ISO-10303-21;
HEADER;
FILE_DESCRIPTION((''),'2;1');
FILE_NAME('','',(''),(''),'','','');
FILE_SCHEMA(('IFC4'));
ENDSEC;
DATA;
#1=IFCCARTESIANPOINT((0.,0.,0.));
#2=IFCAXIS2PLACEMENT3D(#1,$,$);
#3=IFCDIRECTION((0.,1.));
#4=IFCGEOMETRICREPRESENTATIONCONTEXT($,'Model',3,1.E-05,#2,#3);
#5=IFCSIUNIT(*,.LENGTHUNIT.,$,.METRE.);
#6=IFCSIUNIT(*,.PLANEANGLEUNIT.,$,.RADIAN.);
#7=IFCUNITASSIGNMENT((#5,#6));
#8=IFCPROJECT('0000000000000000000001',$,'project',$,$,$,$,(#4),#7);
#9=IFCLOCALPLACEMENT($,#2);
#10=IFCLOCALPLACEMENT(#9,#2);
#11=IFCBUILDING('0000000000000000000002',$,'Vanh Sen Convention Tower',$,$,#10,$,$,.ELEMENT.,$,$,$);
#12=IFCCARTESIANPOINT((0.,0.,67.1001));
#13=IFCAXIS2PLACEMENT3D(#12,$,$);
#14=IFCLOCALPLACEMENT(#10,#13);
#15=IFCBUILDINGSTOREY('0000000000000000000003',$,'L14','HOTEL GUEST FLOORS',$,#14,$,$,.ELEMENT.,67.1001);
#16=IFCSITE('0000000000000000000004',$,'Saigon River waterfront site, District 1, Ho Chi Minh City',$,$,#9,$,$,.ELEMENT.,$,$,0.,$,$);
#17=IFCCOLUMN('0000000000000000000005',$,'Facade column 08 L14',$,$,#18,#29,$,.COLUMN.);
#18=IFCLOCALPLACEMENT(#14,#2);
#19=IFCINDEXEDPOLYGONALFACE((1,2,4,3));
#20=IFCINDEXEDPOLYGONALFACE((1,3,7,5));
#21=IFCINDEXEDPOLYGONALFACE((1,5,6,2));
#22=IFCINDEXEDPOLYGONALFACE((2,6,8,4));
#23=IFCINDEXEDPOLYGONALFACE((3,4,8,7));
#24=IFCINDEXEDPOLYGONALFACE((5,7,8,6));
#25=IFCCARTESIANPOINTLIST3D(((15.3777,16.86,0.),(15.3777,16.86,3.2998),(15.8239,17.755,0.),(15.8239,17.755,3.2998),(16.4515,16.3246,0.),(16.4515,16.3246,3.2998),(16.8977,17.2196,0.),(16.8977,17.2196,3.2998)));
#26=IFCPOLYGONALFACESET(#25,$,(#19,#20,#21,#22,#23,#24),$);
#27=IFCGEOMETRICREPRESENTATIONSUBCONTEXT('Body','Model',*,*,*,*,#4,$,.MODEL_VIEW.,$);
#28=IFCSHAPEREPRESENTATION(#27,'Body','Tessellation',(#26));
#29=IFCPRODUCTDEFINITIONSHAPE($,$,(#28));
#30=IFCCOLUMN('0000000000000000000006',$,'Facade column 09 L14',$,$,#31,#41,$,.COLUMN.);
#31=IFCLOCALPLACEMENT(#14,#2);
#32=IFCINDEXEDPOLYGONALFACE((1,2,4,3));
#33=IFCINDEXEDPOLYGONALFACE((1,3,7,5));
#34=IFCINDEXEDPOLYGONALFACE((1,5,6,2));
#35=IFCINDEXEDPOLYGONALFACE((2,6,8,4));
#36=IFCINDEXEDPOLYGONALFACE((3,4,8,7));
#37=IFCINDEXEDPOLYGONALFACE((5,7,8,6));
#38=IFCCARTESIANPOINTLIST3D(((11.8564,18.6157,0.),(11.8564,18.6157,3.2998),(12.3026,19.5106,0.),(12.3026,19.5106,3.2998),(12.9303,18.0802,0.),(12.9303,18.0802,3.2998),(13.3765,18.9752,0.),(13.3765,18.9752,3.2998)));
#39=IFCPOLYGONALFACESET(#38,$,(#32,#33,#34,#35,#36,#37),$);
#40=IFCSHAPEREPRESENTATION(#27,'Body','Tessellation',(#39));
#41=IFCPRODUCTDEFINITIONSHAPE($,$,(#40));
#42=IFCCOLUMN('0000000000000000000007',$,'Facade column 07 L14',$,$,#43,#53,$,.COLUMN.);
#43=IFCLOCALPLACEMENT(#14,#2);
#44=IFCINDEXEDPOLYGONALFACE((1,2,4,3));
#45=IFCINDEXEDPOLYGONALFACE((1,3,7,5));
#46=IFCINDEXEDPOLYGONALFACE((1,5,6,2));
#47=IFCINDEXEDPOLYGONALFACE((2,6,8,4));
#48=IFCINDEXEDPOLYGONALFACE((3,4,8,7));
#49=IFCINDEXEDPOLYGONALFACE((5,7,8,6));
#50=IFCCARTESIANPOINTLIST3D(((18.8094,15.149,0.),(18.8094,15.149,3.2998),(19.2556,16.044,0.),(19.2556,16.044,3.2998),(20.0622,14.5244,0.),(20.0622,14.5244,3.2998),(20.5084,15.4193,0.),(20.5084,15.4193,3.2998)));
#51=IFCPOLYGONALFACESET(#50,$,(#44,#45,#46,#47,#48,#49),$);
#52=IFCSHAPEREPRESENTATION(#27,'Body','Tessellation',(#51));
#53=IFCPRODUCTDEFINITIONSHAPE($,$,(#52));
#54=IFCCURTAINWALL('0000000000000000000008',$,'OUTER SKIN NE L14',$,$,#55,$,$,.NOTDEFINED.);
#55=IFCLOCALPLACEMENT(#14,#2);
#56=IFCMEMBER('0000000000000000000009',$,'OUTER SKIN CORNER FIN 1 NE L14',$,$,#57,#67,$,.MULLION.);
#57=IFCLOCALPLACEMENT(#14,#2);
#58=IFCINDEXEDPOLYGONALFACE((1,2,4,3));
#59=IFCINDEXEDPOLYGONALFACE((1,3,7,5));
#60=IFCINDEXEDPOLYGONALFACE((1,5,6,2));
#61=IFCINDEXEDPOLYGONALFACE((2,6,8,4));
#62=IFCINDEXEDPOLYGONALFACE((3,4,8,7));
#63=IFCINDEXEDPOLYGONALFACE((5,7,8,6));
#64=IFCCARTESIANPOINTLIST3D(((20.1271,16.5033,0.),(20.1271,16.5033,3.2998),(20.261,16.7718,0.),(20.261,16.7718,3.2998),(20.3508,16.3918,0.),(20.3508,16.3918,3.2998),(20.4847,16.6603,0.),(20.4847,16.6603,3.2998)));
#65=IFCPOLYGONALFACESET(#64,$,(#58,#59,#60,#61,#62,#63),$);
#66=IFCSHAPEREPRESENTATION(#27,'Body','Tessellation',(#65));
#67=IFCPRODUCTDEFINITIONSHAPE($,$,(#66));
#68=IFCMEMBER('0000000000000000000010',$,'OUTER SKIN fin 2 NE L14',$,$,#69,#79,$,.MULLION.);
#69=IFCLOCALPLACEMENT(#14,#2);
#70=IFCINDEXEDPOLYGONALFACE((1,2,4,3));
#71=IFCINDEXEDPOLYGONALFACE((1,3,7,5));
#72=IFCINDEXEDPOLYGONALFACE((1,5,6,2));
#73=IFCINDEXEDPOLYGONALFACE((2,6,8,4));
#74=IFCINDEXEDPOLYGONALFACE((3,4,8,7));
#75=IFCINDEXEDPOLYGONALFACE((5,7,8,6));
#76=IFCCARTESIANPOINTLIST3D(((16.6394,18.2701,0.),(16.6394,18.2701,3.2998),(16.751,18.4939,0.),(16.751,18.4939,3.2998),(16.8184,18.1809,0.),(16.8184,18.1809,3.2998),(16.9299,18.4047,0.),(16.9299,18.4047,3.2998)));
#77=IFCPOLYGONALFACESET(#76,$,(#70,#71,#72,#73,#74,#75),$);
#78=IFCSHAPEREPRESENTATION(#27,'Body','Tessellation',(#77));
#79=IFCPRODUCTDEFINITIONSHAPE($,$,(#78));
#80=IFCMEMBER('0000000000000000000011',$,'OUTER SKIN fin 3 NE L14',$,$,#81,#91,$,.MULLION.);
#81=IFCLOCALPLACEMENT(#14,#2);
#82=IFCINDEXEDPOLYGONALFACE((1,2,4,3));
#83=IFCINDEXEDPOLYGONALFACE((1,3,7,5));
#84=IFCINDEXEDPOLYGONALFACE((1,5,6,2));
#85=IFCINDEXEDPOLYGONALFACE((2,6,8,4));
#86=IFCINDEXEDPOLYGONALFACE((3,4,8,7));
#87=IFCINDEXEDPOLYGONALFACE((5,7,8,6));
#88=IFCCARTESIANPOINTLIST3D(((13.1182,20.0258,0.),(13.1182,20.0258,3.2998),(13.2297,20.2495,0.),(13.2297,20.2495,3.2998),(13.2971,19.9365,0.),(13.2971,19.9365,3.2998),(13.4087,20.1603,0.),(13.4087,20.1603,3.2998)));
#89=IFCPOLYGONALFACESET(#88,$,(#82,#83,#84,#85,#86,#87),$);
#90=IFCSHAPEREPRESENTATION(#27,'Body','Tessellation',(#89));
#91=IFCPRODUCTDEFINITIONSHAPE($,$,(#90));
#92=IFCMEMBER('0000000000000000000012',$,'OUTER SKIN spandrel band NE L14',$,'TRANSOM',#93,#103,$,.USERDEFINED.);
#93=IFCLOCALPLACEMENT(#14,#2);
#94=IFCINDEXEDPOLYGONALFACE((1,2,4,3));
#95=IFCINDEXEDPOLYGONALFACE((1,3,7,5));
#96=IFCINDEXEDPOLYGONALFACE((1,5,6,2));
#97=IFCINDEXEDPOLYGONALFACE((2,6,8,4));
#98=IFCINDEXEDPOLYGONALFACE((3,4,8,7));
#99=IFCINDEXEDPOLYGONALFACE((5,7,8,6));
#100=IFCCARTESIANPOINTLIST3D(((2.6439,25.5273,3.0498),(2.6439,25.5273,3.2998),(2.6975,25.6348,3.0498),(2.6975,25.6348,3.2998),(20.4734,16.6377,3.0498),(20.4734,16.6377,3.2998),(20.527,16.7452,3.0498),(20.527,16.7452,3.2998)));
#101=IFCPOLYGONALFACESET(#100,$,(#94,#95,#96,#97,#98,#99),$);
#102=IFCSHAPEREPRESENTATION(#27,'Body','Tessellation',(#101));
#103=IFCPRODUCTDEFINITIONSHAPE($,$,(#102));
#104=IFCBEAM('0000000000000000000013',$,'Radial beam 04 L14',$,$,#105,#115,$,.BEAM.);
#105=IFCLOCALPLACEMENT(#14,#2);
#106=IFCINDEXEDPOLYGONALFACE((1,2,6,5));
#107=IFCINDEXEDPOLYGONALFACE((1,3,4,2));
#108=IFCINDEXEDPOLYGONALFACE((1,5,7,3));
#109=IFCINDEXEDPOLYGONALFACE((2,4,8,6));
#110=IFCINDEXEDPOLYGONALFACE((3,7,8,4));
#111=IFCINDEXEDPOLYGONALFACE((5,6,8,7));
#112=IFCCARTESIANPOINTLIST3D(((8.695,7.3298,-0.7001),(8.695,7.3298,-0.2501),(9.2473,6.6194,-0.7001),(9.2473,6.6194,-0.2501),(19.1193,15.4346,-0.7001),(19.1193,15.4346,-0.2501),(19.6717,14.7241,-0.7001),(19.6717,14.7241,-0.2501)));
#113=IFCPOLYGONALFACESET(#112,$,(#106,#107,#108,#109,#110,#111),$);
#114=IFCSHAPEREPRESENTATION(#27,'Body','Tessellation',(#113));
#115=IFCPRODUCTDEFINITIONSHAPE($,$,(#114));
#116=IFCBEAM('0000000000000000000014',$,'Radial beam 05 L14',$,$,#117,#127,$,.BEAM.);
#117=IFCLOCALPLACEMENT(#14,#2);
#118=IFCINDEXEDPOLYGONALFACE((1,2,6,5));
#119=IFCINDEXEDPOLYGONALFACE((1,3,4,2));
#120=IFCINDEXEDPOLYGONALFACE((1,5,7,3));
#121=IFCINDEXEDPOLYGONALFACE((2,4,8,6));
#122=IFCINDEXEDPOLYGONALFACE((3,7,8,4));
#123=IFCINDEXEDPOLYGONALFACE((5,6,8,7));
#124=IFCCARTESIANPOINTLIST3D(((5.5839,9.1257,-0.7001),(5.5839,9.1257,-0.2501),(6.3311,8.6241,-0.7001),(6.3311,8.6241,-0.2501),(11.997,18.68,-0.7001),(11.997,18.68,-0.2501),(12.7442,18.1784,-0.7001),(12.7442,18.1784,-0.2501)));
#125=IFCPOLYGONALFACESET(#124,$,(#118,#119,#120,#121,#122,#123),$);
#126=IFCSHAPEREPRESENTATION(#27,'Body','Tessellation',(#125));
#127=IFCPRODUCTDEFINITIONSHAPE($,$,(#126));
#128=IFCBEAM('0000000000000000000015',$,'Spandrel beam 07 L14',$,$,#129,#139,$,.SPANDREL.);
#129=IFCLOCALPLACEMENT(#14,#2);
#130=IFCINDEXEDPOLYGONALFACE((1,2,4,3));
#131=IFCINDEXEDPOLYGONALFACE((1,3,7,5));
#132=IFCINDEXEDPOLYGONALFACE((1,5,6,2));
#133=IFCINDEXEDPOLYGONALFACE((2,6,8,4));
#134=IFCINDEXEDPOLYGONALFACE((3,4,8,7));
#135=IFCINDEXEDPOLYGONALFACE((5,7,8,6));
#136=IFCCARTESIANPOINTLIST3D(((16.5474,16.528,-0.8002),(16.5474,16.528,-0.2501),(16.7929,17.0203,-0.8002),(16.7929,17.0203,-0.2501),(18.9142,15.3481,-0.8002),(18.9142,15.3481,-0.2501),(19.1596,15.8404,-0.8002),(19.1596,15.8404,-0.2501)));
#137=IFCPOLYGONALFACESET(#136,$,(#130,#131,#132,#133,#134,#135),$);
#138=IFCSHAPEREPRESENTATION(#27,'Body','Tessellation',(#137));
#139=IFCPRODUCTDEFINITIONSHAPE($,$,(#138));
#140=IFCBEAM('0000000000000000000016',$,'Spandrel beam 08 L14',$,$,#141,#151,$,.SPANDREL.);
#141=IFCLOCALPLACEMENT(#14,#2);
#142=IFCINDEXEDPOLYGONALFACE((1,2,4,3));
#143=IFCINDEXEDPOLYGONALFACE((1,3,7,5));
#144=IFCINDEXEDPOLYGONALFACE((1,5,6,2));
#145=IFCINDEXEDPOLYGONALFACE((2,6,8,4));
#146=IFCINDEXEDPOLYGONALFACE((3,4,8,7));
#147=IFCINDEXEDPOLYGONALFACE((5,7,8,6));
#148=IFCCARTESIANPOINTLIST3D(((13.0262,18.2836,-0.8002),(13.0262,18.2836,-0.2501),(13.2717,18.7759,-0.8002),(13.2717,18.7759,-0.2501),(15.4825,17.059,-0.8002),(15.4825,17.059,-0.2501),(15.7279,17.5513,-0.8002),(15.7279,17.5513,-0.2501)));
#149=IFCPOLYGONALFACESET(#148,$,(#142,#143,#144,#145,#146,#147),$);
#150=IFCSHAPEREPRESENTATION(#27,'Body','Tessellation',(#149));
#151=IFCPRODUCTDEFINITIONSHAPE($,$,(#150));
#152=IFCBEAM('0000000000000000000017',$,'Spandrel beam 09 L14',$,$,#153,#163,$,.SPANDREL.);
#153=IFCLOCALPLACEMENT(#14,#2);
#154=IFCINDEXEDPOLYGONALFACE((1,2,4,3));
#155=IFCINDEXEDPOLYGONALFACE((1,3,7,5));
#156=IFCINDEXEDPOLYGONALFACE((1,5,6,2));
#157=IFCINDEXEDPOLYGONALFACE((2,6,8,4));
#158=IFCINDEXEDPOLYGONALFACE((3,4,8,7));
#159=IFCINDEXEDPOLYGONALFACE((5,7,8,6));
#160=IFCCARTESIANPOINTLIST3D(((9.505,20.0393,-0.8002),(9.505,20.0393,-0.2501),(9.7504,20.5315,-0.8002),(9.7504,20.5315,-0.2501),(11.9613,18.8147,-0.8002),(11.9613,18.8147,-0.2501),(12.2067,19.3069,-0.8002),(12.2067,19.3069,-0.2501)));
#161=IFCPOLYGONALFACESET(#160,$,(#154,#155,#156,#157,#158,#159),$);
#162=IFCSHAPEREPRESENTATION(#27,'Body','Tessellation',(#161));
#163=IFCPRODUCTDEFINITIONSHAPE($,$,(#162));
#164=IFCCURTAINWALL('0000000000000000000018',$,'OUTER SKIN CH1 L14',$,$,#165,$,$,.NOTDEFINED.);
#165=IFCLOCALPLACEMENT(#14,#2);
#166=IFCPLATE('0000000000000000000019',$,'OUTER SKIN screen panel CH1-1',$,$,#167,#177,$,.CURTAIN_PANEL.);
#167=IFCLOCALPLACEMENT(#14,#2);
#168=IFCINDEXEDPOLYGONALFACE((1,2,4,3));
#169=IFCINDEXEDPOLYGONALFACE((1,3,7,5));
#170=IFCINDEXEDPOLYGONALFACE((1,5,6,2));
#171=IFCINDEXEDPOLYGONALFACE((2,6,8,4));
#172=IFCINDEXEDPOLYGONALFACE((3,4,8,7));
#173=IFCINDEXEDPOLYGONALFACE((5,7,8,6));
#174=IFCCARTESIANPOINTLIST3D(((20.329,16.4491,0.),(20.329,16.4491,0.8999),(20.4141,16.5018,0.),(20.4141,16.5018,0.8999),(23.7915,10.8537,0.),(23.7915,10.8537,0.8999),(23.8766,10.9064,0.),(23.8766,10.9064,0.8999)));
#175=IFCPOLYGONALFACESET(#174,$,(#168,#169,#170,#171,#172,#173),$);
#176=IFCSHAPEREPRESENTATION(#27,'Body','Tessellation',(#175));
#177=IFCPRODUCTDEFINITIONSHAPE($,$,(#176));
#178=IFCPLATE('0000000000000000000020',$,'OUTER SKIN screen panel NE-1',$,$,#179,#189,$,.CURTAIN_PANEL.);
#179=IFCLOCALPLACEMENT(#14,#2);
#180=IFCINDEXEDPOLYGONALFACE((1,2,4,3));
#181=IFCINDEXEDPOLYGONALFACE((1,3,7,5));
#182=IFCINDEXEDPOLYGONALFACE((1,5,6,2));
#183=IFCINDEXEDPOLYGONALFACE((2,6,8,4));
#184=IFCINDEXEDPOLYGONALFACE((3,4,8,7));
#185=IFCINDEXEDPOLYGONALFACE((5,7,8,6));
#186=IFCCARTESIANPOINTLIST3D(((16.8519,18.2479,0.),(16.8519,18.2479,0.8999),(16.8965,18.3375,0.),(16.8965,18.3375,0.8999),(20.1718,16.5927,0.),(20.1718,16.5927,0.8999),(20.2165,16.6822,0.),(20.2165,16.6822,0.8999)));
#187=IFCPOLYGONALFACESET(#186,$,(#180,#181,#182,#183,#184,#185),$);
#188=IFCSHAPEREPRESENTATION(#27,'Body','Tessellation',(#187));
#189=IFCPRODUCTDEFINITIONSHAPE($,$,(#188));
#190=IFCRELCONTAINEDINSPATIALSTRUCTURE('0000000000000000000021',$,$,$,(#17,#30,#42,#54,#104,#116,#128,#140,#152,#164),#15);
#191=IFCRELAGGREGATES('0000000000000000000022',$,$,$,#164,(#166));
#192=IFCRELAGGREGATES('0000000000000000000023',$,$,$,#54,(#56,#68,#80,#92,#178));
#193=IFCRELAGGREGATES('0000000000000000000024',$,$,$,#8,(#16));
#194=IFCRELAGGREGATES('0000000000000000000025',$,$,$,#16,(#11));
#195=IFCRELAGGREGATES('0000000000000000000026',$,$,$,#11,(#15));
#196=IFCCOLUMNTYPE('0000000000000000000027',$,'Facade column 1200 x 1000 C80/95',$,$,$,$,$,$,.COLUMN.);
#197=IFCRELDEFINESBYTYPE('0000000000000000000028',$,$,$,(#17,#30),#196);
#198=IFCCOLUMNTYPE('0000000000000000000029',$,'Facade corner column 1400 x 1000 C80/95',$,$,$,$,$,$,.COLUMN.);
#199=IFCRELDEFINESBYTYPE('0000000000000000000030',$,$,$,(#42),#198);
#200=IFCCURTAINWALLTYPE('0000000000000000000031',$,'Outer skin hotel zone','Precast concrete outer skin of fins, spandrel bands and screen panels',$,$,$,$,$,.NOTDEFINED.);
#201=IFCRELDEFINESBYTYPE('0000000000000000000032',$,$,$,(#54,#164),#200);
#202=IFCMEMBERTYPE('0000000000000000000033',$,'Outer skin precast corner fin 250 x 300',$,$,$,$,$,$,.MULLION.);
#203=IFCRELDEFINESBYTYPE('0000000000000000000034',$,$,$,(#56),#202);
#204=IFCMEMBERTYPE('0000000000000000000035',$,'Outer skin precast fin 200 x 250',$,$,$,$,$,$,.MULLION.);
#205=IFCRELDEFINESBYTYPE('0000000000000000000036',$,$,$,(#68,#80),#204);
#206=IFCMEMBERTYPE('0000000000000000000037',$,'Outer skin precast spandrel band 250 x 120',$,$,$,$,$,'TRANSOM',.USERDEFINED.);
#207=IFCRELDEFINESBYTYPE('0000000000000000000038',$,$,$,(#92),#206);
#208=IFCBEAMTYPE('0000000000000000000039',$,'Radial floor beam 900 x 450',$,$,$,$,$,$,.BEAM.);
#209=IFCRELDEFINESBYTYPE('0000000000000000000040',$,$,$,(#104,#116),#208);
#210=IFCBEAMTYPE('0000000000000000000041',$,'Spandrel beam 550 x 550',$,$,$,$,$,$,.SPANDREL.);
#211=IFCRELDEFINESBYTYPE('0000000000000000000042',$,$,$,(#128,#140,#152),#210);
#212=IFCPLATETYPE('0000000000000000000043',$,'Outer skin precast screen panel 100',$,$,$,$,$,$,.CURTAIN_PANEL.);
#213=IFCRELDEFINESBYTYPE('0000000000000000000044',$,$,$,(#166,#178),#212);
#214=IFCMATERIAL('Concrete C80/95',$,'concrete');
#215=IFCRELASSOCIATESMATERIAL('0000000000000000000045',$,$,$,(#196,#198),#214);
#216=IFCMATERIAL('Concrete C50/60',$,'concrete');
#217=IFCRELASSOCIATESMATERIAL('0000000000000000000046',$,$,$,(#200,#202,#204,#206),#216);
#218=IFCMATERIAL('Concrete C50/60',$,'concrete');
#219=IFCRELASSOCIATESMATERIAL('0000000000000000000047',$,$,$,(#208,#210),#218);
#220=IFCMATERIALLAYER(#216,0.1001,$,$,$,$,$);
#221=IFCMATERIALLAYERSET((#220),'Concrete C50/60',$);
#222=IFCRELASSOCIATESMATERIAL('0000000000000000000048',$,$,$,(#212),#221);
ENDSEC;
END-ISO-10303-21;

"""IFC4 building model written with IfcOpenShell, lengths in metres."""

from ifc_helpers import new_model, si_unit, direction, frame, origin, origin_2d, place, context, subcontext, project, spatial, rectangle, extrude, material, layer, layer_set, material_profile, profile_set, type_object, element, aggregate, save


model = new_model("IFC4")

# Units and contexts
model_context = context("Model", 3, precision=1e-05, world=origin(), true_north=direction((0.0, 1.0)))
body_context = subcontext(model_context, "Body", "Model", "MODEL_VIEW")
ifc_project = project(units=[si_unit("LENGTHUNIT", "METRE"), si_unit("PLANEANGLEUNIT", "RADIAN")], contexts=[model_context])

# Site, building, storey
site_placement = place(None, origin())
site = spatial("IfcSite", under=ifc_project, at=site_placement, Name="Saigon River waterfront site, District 1, Ho Chi Minh City", CompositionType="ELEMENT", RefElevation=0.0)
building_placement = place(site_placement, origin())
building = spatial("IfcBuilding", under=site, at=building_placement, Name="Vanh Sen Convention Tower", CompositionType="ELEMENT")
storey_placement = place(building_placement, frame((0.0, 0.0, 67.1001)))
storey = spatial("IfcBuildingStorey", under=building, at=storey_placement, Name="L14", Description="HOTEL GUEST FLOORS", CompositionType="ELEMENT", Elevation=67.1001)

# Columns
ifc_material_1 = material(Name="Concrete C80/95", Category="concrete")
ifc_material_profile_1 = material_profile(ifc_material_1, rectangle(XDim=1.2, YDim=1.0, at=origin_2d()), Name="RC 1200X1000")
ifc_profile_set_1 = profile_set([ifc_material_profile_1], Name="Concrete C80/95")
column_type_1 = type_object("IfcColumnType", Name="Facade column 1200 x 1000 C80/95", PredefinedType="COLUMN", material=ifc_profile_set_1)
for number, where, z_axis, x_axis, name in (
    (1, (16.1377, 17.0398, 0.0), (0.0, 0.0, 1.0), (-0.894934, 0.446198, 0.0), "Facade column 08 L14"),
    (2, (12.6165, 18.7954, 0.0), (0.0, 0.0, 1.0), (-0.894934, 0.446198, 0.0), "Facade column 09 L14"),
):
    element("IfcColumn", number, at=place(storey_placement, frame(where, z_axis=z_axis, x_axis=x_axis)), inside=storey, type_object=column_type_1, Name=name, PredefinedType="COLUMN", context=body_context, shape_type="SweptSolid", body=[
        extrude(rectangle(XDim=1.2, YDim=1.0, at=origin_2d()), origin(), (0.0, 0.0, 1.0), 3.2998),
    ])
ifc_material_profile_2 = material_profile(ifc_material_1, rectangle(XDim=1.3999, YDim=1.0, at=origin_2d()), Name="RC 1400X1000")
ifc_profile_set_2 = profile_set([ifc_material_profile_2], Name="Concrete C80/95")
column_type_2 = type_object("IfcColumnType", Name="Facade corner column 1400 x 1000 C80/95", PredefinedType="COLUMN", material=ifc_profile_set_2)
column_placement = place(storey_placement, frame((19.6589, 15.2842, 0.0), z_axis=(0.0, 0.0, 1.0), x_axis=(-0.894934, 0.446198, 0.0)))
element("IfcColumn", 3, at=column_placement, inside=storey, type_object=column_type_2, Name="Facade column 07 L14", PredefinedType="COLUMN", context=body_context, shape_type="SweptSolid", body=[
    extrude(rectangle(XDim=1.3999, YDim=1.0, at=origin_2d()), origin(), (0.0, 0.0, 1.0), 3.2998),
])

# Curtain wall, members
ifc_material_2 = material(Name="Concrete C50/60", Category="concrete")
curtain_wall_type = type_object("IfcCurtainWallType", Name="Outer skin hotel zone", Description="Precast concrete outer skin of fins, spandrel bands and screen panels", PredefinedType="NOTDEFINED", material=ifc_material_2)
curtain_wall_1_placement = place(storey_placement, origin())
curtain_wall_1 = element("IfcCurtainWall", 4, at=curtain_wall_1_placement, inside=storey, type_object=curtain_wall_type, Name="OUTER SKIN NE L14", PredefinedType="NOTDEFINED")
ifc_material_profile_3 = material_profile(ifc_material_2, rectangle(XDim=0.25, YDim=0.3, at=origin_2d()), Name="Outer skin precast corner fin 250 x 300")
ifc_profile_set_3 = profile_set([ifc_material_profile_3], Name="Concrete C50/60")
member_type_1 = type_object("IfcMemberType", Name="Outer skin precast corner fin 250 x 300", PredefinedType="MULLION", material=ifc_profile_set_3)
member_1_placement = place(storey_placement, frame((20.3059, 16.5818, 0.0), z_axis=(0.0, 0.0, 1.0), x_axis=(-0.894934, 0.446198, 0.0)))
member_1 = element("IfcMember", 5, at=member_1_placement, type_object=member_type_1, Name="OUTER SKIN CORNER FIN 1 NE L14", PredefinedType="MULLION", context=body_context, shape_type="SweptSolid", body=[
    extrude(rectangle(XDim=0.25, YDim=0.3, at=origin_2d()), origin(), (0.0, 0.0, 1.0), 3.2998),
])
ifc_material_profile_4 = material_profile(ifc_material_2, rectangle(XDim=0.2, YDim=0.25, at=origin_2d()), Name="Outer skin precast fin 200 x 250")
ifc_profile_set_4 = profile_set([ifc_material_profile_4], Name="Concrete C50/60")
member_type_2 = type_object("IfcMemberType", Name="Outer skin precast fin 200 x 250", PredefinedType="MULLION", material=ifc_profile_set_4)
member_2_placement = place(storey_placement, frame((16.7847, 18.3374, 0.0), z_axis=(0.0, 0.0, 1.0), x_axis=(-0.894934, 0.446198, 0.0)))
member_2 = element("IfcMember", 6, at=member_2_placement, type_object=member_type_2, Name="OUTER SKIN fin 2 NE L14", PredefinedType="MULLION", context=body_context, shape_type="SweptSolid", body=[
    extrude(rectangle(XDim=0.2, YDim=0.25, at=origin_2d()), origin(), (0.0, 0.0, 1.0), 3.2998),
])
member_3_placement = place(storey_placement, frame((13.2634, 20.093, 0.0), z_axis=(0.0, 0.0, 1.0), x_axis=(-0.894934, 0.446198, 0.0)))
member_3 = element("IfcMember", 7, at=member_3_placement, type_object=member_type_2, Name="OUTER SKIN fin 3 NE L14", PredefinedType="MULLION", context=body_context, shape_type="SweptSolid", body=[
    extrude(rectangle(XDim=0.2, YDim=0.25, at=origin_2d()), origin(), (0.0, 0.0, 1.0), 3.2998),
])
ifc_material_profile_5 = material_profile(ifc_material_2, rectangle(XDim=0.1201, YDim=0.25, at=origin_2d()), Name="Outer skin precast spandrel band 250 x 120")
ifc_profile_set_5 = profile_set([ifc_material_profile_5], Name="Concrete C50/60")
member_type_3 = type_object("IfcMemberType", Name="Outer skin precast spandrel band 250 x 120", ElementType="TRANSOM", PredefinedType="USERDEFINED", material=ifc_profile_set_5)
member_4_placement = place(storey_placement, frame((20.5002, 16.6914, 3.1748), z_axis=(-0.894931, 0.446204, 0.0), x_axis=(-0.446204, -0.894931, 0.0)))
member_4 = element("IfcMember", 8, at=member_4_placement, type_object=member_type_3, Name="OUTER SKIN spandrel band NE L14", ObjectType="TRANSOM", PredefinedType="USERDEFINED", context=body_context, shape_type="SweptSolid", body=[
    extrude(rectangle(XDim=0.1201, YDim=0.25, at=origin_2d()), origin(), (0.0, 0.0, 1.0), 19.9229),
])

# Beams
ifc_material_3 = material(Name="Concrete C50/60", Category="concrete")
ifc_material_profile_6 = material_profile(ifc_material_3, rectangle(XDim=0.8999, YDim=0.45, at=origin_2d()), Name="RC 900X450")
ifc_profile_set_6 = profile_set([ifc_material_profile_6], Name="Concrete C50/60")
beam_type_1 = type_object("IfcBeamType", Name="Radial floor beam 900 x 450", PredefinedType="BEAM", material=ifc_profile_set_6)
beam_1_placement = place(storey_placement, frame((19.3955, 15.0793, -0.4751), z_axis=(-0.789465, -0.613796, 0.0), x_axis=(0.613796, -0.789465, 0.0)))
element("IfcBeam", 9, at=beam_1_placement, inside=storey, type_object=beam_type_1, Name="Radial beam 04 L14", PredefinedType="BEAM", context=body_context, shape_type="SweptSolid", body=[
    extrude(rectangle(XDim=0.8999, YDim=0.45, at=origin_2d()), origin(), (0.0, 0.0, 1.0), 13.2043),
])
beam_2_placement = place(storey_placement, frame((12.3706, 18.4292, -0.4751), z_axis=(-0.557322, -0.830297, 0.0), x_axis=(0.830297, -0.557322, 0.0)))
element("IfcBeam", 10, at=beam_2_placement, inside=storey, type_object=beam_type_1, Name="Radial beam 05 L14", PredefinedType="BEAM", context=body_context, shape_type="SweptSolid", body=[
    extrude(rectangle(XDim=0.8999, YDim=0.45, at=origin_2d()), origin(), (0.0, 0.0, 1.0), 11.5071),
])
ifc_material_profile_7 = material_profile(ifc_material_3, rectangle(XDim=0.55, YDim=0.55, at=origin_2d()), Name="RC 550X550")
ifc_profile_set_7 = profile_set([ifc_material_profile_7], Name="Concrete C50/60")
beam_type_2 = type_object("IfcBeamType", Name="Spandrel beam 550 x 550", PredefinedType="SPANDREL", material=ifc_profile_set_7)
beam_3_placement = place(storey_placement, frame((19.0369, 15.5942, -0.5251), z_axis=(-0.894944, 0.446179, 0.0), x_axis=(-0.446179, -0.894944, 0.0)))
element("IfcBeam", 11, at=beam_3_placement, inside=storey, type_object=beam_type_2, Name="Spandrel beam 07 L14", PredefinedType="SPANDREL", context=body_context, shape_type="SweptSolid", body=[
    extrude(rectangle(XDim=0.55, YDim=0.55, at=origin_2d()), origin(), (0.0, 0.0, 1.0), 2.6445),
])
for number, where, z_axis, x_axis, name in (
    (12, (15.6052, 17.3052, -0.5251), (-0.894943, 0.446181, 0.0), (-0.446181, -0.894943, 0.0), "Spandrel beam 08 L14"),
    (13, (12.084, 19.0608, -0.5251), (-0.894943, 0.446181, 0.0), (-0.446181, -0.894943, 0.0), "Spandrel beam 09 L14"),
):
    element("IfcBeam", number, at=place(storey_placement, frame(where, z_axis=z_axis, x_axis=x_axis)), inside=storey, type_object=beam_type_2, Name=name, PredefinedType="SPANDREL", context=body_context, shape_type="SweptSolid", body=[
        extrude(rectangle(XDim=0.55, YDim=0.55, at=origin_2d()), origin(), (0.0, 0.0, 1.0), 2.7446),
    ])

# Curtain wall, plate
curtain_wall_2_placement = place(storey_placement, origin())
curtain_wall_2 = element("IfcCurtainWall", 14, at=curtain_wall_2_placement, inside=storey, type_object=curtain_wall_type, Name="OUTER SKIN CH1 L14", PredefinedType="NOTDEFINED")
ifc_layer_1 = layer(ifc_material_2, 0.1001)
ifc_layer_set_1 = layer_set([ifc_layer_1], Name="Concrete C50/60")
plate_type = type_object("IfcPlateType", Name="Outer skin precast screen panel 100", PredefinedType="CURTAIN_PANEL", material=ifc_layer_set_1)
plate_1_placement = place(storey_placement, frame((22.1028, 13.6777, 0.0), z_axis=(0.0, 0.0, 1.0), x_axis=(-0.526212, 0.850353, 0.0)))
plate_1 = element("IfcPlate", 15, at=plate_1_placement, type_object=plate_type, Name="OUTER SKIN screen panel CH1-1", PredefinedType="CURTAIN_PANEL", context=body_context, shape_type="SweptSolid", body=[
    extrude(rectangle(XDim=6.5801, YDim=0.1001, at=origin_2d()), origin(), (0.0, 0.0, 1.0), 0.8999),
])
aggregate(curtain_wall_2, [plate_1])

# Plate
plate_2_placement = place(storey_placement, frame((18.5342, 17.4651, 0.0), z_axis=(0.0, 0.0, 1.0), x_axis=(-0.894935, 0.446196, 0.0)))
plate_2 = element("IfcPlate", 16, at=plate_2_placement, type_object=plate_type, Name="OUTER SKIN screen panel NE-1", PredefinedType="CURTAIN_PANEL", context=body_context, shape_type="SweptSolid", body=[
    extrude(rectangle(XDim=3.7097, YDim=0.1001, at=origin_2d()), origin(), (0.0, 0.0, 1.0), 0.8999),
])
aggregate(curtain_wall_1, [member_1, member_2, member_3, member_4, plate_2])

save(model, "model.ifc")
